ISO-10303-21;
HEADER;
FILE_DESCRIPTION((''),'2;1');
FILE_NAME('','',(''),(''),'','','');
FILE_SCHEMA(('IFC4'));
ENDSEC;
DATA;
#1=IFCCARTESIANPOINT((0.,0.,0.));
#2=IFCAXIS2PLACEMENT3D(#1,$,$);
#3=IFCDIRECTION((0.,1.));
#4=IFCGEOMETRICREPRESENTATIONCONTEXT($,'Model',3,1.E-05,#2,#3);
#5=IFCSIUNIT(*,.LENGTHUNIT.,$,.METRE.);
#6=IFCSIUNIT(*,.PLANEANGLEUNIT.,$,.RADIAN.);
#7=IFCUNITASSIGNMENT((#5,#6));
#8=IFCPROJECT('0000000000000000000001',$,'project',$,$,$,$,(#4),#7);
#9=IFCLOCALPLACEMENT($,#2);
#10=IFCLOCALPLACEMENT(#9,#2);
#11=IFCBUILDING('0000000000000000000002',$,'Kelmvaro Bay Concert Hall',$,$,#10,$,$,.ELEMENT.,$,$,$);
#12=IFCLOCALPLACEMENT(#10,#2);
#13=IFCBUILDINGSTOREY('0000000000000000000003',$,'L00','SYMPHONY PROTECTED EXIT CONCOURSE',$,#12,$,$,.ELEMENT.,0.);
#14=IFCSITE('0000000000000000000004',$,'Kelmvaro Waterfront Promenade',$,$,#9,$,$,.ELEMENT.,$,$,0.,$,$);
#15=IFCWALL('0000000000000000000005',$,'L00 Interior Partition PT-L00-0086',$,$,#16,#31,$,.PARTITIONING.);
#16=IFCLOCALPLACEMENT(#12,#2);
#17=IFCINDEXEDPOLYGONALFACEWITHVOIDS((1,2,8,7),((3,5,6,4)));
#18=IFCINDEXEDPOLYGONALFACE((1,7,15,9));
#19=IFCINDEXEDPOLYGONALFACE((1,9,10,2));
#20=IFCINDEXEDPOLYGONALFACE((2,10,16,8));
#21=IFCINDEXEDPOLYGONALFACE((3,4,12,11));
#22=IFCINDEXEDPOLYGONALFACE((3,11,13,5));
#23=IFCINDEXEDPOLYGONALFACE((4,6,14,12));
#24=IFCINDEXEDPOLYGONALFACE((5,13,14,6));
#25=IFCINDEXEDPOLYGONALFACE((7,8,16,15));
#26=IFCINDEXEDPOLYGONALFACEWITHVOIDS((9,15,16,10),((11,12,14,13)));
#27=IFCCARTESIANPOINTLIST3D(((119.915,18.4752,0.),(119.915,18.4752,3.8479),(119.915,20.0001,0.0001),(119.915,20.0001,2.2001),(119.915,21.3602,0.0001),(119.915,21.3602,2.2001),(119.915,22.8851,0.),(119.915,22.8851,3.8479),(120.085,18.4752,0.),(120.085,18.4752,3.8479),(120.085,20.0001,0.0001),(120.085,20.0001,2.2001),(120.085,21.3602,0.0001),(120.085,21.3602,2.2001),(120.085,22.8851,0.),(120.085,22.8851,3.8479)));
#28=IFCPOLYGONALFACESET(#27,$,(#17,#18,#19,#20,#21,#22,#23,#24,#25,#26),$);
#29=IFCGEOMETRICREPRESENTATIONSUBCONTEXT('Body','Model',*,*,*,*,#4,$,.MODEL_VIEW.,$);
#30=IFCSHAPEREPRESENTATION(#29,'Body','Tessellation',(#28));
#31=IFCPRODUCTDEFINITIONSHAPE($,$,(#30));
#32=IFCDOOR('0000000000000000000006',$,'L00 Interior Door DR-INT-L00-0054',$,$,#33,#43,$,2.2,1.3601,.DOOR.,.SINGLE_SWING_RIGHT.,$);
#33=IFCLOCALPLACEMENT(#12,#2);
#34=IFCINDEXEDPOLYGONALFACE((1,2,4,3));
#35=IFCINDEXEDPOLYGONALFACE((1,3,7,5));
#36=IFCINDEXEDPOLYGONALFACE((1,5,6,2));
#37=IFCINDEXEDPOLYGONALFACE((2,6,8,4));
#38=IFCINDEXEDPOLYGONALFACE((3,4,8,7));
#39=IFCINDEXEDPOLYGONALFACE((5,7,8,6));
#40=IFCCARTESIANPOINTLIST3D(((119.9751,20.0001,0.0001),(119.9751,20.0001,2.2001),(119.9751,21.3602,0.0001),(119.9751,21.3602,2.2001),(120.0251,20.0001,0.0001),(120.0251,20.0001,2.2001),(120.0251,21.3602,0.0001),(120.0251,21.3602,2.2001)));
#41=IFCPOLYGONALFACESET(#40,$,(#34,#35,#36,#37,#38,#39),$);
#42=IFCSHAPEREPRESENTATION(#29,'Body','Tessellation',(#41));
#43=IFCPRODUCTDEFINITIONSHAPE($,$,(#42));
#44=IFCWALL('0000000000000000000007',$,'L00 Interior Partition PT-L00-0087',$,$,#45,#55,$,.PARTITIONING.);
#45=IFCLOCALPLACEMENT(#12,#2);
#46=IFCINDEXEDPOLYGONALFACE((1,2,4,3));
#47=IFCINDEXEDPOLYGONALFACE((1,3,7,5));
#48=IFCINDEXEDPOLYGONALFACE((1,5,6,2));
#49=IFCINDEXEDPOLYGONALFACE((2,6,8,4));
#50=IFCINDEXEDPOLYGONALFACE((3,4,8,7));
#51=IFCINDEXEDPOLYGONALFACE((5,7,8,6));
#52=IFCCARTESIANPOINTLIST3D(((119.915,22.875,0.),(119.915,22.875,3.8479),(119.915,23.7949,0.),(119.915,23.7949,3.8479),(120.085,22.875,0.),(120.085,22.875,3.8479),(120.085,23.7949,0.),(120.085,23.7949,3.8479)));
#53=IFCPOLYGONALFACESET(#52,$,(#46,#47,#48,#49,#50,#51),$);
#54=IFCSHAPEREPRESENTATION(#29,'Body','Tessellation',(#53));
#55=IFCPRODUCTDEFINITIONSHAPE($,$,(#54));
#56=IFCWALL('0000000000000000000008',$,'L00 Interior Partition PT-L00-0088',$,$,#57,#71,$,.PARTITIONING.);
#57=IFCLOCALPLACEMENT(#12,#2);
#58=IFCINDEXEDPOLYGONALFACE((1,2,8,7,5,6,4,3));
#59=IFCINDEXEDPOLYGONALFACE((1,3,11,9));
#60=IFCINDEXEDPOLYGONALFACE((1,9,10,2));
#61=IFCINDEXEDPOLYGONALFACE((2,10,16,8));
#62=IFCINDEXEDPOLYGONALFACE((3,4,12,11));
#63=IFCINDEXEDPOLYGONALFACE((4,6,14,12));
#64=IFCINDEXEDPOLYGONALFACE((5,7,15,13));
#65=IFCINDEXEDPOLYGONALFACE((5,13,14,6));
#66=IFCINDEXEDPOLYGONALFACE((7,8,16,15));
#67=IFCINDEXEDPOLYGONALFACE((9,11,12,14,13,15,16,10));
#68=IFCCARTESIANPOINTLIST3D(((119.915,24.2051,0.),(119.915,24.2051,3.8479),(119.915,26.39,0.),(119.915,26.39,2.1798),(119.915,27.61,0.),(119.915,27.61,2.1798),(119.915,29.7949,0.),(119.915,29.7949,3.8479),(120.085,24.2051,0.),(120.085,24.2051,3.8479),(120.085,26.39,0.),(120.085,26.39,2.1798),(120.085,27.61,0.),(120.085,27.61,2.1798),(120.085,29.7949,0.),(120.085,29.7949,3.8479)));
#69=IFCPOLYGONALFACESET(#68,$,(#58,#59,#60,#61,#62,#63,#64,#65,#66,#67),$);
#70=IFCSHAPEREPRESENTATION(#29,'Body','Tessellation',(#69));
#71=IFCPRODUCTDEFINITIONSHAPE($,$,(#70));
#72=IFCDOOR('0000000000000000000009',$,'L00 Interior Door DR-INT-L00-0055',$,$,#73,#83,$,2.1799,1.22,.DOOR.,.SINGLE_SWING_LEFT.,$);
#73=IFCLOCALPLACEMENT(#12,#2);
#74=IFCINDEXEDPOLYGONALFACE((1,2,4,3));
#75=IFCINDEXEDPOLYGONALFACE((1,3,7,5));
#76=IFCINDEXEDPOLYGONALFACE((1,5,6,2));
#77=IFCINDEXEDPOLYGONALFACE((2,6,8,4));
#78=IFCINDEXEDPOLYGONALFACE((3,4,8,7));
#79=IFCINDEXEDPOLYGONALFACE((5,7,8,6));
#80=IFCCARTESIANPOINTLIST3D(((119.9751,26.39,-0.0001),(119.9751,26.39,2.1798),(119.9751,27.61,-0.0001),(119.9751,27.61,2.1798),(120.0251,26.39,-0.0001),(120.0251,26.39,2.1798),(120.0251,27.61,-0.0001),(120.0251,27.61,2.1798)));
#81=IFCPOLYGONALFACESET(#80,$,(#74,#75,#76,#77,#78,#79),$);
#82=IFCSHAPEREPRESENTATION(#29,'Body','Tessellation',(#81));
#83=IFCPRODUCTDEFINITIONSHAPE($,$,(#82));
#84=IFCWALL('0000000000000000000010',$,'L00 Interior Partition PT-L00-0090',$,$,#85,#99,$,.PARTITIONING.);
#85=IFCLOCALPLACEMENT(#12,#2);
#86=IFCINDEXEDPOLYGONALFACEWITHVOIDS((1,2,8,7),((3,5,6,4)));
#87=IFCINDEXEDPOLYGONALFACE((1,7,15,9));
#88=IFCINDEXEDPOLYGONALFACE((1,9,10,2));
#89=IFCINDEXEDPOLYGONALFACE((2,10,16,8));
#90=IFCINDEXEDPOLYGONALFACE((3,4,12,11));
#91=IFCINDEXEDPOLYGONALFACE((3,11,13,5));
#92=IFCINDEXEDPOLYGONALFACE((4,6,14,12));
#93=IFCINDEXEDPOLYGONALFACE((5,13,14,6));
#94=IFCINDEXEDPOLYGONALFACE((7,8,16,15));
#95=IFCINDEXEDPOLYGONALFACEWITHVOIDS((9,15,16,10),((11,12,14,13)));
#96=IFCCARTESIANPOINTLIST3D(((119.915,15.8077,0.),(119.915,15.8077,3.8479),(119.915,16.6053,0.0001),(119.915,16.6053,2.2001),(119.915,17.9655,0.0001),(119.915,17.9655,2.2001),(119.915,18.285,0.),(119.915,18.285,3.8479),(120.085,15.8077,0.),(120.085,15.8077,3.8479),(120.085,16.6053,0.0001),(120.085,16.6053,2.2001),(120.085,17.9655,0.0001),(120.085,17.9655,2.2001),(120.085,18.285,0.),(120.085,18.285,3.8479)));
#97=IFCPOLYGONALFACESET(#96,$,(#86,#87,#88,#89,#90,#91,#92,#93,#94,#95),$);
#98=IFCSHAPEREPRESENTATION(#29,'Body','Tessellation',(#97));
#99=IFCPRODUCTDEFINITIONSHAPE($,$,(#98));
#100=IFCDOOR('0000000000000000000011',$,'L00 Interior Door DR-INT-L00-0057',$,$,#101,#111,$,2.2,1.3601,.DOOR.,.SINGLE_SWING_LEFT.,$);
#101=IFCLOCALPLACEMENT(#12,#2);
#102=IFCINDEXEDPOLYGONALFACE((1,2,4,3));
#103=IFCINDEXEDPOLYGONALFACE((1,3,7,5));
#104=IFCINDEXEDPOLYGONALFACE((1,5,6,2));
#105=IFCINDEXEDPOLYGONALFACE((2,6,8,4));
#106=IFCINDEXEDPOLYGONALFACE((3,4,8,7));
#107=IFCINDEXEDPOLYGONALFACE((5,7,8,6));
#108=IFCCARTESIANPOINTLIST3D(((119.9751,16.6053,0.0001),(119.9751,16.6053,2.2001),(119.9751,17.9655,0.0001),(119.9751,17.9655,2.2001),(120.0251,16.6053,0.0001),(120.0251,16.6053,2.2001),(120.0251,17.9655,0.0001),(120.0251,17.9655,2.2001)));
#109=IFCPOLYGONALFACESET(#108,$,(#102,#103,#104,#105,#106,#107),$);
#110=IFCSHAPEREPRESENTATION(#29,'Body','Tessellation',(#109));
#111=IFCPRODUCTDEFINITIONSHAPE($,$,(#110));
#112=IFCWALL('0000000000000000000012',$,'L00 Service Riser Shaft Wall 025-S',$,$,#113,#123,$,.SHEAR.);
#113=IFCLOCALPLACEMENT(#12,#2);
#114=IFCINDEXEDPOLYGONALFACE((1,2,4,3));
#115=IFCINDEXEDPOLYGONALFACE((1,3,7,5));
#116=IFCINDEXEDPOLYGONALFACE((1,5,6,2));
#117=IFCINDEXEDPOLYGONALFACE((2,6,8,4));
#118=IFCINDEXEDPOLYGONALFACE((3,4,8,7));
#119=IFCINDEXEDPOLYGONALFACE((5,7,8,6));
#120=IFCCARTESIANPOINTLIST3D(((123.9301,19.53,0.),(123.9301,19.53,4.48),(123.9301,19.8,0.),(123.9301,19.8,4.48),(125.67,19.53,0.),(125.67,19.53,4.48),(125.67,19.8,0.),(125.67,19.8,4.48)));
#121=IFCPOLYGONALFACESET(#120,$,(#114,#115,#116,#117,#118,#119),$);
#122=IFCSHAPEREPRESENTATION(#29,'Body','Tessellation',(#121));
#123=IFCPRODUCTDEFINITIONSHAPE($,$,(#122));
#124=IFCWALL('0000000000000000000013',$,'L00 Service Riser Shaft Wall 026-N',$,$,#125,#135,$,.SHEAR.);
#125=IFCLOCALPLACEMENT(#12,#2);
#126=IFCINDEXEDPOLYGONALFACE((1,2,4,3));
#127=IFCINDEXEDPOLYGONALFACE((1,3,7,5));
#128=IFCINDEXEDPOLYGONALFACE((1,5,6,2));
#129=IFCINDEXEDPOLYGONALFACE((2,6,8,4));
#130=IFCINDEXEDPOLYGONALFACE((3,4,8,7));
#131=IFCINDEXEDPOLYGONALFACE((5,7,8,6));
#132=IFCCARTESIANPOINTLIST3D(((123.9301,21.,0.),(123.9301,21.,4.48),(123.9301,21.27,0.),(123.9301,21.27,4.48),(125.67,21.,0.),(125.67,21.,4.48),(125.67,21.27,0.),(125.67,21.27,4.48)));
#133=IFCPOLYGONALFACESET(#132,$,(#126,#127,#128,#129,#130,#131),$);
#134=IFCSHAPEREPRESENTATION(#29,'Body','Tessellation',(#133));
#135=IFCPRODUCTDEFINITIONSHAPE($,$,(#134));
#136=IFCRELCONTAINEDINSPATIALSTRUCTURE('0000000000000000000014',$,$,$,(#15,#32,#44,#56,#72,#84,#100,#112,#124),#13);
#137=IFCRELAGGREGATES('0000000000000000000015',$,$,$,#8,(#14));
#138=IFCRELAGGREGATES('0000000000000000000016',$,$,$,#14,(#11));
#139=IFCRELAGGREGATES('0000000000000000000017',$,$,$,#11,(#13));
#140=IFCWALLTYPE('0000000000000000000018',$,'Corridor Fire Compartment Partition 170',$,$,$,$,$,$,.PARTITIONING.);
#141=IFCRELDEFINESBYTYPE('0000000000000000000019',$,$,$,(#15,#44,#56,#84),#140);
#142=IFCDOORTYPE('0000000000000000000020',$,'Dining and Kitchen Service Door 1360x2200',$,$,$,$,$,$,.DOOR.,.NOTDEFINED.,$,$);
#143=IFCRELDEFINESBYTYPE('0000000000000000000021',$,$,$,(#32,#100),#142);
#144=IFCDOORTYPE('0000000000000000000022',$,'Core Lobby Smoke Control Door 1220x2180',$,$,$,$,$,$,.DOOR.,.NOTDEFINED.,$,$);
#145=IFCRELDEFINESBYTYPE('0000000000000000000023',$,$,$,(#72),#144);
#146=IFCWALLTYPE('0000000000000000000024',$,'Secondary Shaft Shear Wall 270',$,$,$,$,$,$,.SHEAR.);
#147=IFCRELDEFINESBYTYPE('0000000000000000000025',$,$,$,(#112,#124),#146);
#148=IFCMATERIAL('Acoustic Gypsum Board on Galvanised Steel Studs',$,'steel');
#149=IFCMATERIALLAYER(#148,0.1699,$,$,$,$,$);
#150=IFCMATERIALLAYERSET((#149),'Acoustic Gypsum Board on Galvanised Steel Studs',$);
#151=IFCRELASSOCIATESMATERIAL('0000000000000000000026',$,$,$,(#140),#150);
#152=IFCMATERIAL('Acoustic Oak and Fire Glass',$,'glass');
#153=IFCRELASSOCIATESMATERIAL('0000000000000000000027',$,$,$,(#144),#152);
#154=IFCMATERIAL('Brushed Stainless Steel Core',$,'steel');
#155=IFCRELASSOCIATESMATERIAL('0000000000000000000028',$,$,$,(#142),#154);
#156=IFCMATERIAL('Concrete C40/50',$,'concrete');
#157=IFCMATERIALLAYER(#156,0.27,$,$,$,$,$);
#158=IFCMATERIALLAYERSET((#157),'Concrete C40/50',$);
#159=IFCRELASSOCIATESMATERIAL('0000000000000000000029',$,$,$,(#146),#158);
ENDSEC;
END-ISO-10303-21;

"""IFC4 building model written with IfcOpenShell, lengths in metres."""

from ifc_helpers import new_model, si_unit, direction, frame, frame_2d, origin, place, context, subcontext, project, spatial, rectangle, extrude, material, layer, layer_set, type_object, element, fill, save


model = new_model("IFC4")

# Units and contexts
model_context = context("Model", 3, precision=1e-05, world=origin(), true_north=direction((0.0, 1.0)))
body_context = subcontext(model_context, "Body", "Model", "MODEL_VIEW")
ifc_project = project(units=[si_unit("LENGTHUNIT", "METRE"), si_unit("PLANEANGLEUNIT", "RADIAN")], contexts=[model_context])

# Site, building, storey
site_placement = place(None, origin())
site = spatial("IfcSite", under=ifc_project, at=site_placement, Name="Kelmvaro Waterfront Promenade", CompositionType="ELEMENT", RefElevation=0.0)
building_placement = place(site_placement, origin())
building = spatial("IfcBuilding", under=site, at=building_placement, Name="Kelmvaro Bay Concert Hall", CompositionType="ELEMENT")
storey_placement = place(building_placement, origin())
storey = spatial("IfcBuildingStorey", under=building, at=storey_placement, Name="L00", Description="SYMPHONY PROTECTED EXIT CONCOURSE", CompositionType="ELEMENT", Elevation=0.0)

# Wall, opening, door
ifc_material_1 = material(Name="Acoustic Gypsum Board on Galvanised Steel Studs", Category="steel")
ifc_layer_1 = layer(ifc_material_1, 0.1699)
ifc_layer_set_1 = layer_set([ifc_layer_1], Name="Acoustic Gypsum Board on Galvanised Steel Studs")
wall_type_1 = type_object("IfcWallType", Name="Corridor Fire Compartment Partition 170", PredefinedType="PARTITIONING", material=ifc_layer_set_1)
ifc_material_2 = material(Name="Acoustic Oak and Fire Glass", Category="glass")
door_type_1 = type_object("IfcDoorType", Name="Core Lobby Smoke Control Door 1220x2180", OperationType="NOTDEFINED", PredefinedType="DOOR", material=ifc_material_2)
wall_1_placement = place(storey_placement, frame((120.0, 18.4751, 0.0), z_axis=(0.0, 0.0, 1.0), x_axis=(0.0, 1.0, 0.0)))
wall_1 = element("IfcWall", 1, at=wall_1_placement, inside=storey, type_object=wall_type_1, Name="L00 Interior Partition PT-L00-0086", PredefinedType="PARTITIONING", context=body_context, shape_type="SweptSolid", body=[
    extrude(rectangle(XDim=4.4099, YDim=0.1699, at=frame_2d((2.2051, 0.0))), origin(), (0.0, 0.0, 1.0), 3.8479),
])
opening_1_placement = place(wall_1_placement, frame((1.5249, 0.0, 0.0)))
opening_1 = element("IfcOpeningElement", 2, at=opening_1_placement, cuts=wall_1, PredefinedType="OPENING", context=body_context, shape_type="SweptSolid", body=[
    extrude(rectangle(XDim=1.3601, YDim=2.2, at=frame_2d((0.6802, 1.1001))), frame((0.0, 0.095, 0.0), z_axis=(0.0, -1.0, 0.0), x_axis=(1.0, 0.0, 0.0)), (0.0, 0.0, 1.0), 0.1899),
])
ifc_material_3 = material(Name="Brushed Stainless Steel Core", Category="steel")
door_type_2 = type_object("IfcDoorType", Name="Dining and Kitchen Service Door 1360x2200", OperationType="NOTDEFINED", PredefinedType="DOOR", material=ifc_material_3)
door_1_placement = place(opening_1_placement, origin())
door_1 = element("IfcDoor", 3, at=door_1_placement, inside=storey, type_object=door_type_2, Name="L00 Interior Door DR-INT-L00-0054", OperationType="SINGLE_SWING_RIGHT", OverallHeight=2.2, OverallWidth=1.3601, PredefinedType="DOOR", context=body_context, shape_type="SweptSolid", body=[
    extrude(rectangle(XDim=1.3601, YDim=2.2, at=frame_2d((0.6802, 1.1001))), frame((0.0, 0.0249, 0.0), z_axis=(0.0, -1.0, 0.0), x_axis=(1.0, 0.0, 0.0)), (0.0, 0.0, 1.0), 0.05),
])
fill(opening_1, door_1)

# Wall
wall_2_placement = place(storey_placement, frame((120.0, 22.875, 0.0), z_axis=(0.0, 0.0, 1.0), x_axis=(0.0, 1.0, 0.0)))
element("IfcWall", 4, at=wall_2_placement, inside=storey, type_object=wall_type_1, Name="L00 Interior Partition PT-L00-0087", PredefinedType="PARTITIONING", context=body_context, shape_type="SweptSolid", body=[
    extrude(rectangle(XDim=0.9199, YDim=0.1699, at=frame_2d((0.46, 0.0))), origin(), (0.0, 0.0, 1.0), 3.8479),
])

# Walls, openings, doors
wall_3_placement = place(storey_placement, frame((120.0, 24.2051, 0.0), z_axis=(0.0, 0.0, 1.0), x_axis=(0.0, 1.0, 0.0)))
wall_3 = element("IfcWall", 5, at=wall_3_placement, inside=storey, type_object=wall_type_1, Name="L00 Interior Partition PT-L00-0088", PredefinedType="PARTITIONING", context=body_context, shape_type="SweptSolid", body=[
    extrude(rectangle(XDim=5.5898, YDim=0.1699, at=frame_2d((2.7949, 0.0))), origin(), (0.0, 0.0, 1.0), 3.8479),
])
opening_2_placement = place(wall_3_placement, frame((2.1851, 0.0, 0.0)))
opening_2 = element("IfcOpeningElement", 6, at=opening_2_placement, cuts=wall_3, PredefinedType="OPENING", context=body_context, shape_type="SweptSolid", body=[
    extrude(rectangle(XDim=1.22, YDim=2.1799, at=frame_2d((0.6099, 1.0898))), frame((0.0, 0.095, 0.0), z_axis=(0.0, -1.0, 0.0), x_axis=(1.0, 0.0, 0.0)), (0.0, 0.0, 1.0), 0.1899),
])
door_2_placement = place(opening_2_placement, origin())
door_2 = element("IfcDoor", 7, at=door_2_placement, inside=storey, type_object=door_type_1, Name="L00 Interior Door DR-INT-L00-0055", OperationType="SINGLE_SWING_LEFT", OverallHeight=2.1799, OverallWidth=1.22, PredefinedType="DOOR", context=body_context, shape_type="SweptSolid", body=[
    extrude(rectangle(XDim=1.22, YDim=2.1799, at=frame_2d((0.6099, 1.0898))), frame((0.0, 0.0249, 0.0), z_axis=(0.0, -1.0, 0.0), x_axis=(1.0, 0.0, 0.0)), (0.0, 0.0, 1.0), 0.05),
])
fill(opening_2, door_2)
wall_4_placement = place(storey_placement, frame((120.0, 15.8076, 0.0), z_axis=(0.0, 0.0, 1.0), x_axis=(0.0, 1.0, 0.0)))
wall_4 = element("IfcWall", 8, at=wall_4_placement, inside=storey, type_object=wall_type_1, Name="L00 Interior Partition PT-L00-0090", PredefinedType="PARTITIONING", context=body_context, shape_type="SweptSolid", body=[
    extrude(rectangle(XDim=2.4773, YDim=0.1699, at=frame_2d((1.2388, 0.0))), origin(), (0.0, 0.0, 1.0), 3.8479),
])
opening_3_placement = place(wall_4_placement, frame((0.7976, 0.0, 0.0)))
opening_3 = element("IfcOpeningElement", 9, at=opening_3_placement, cuts=wall_4, PredefinedType="OPENING", context=body_context, shape_type="SweptSolid", body=[
    extrude(rectangle(XDim=1.3601, YDim=2.2, at=frame_2d((0.6802, 1.1001))), frame((0.0, 0.095, 0.0), z_axis=(0.0, -1.0, 0.0), x_axis=(1.0, 0.0, 0.0)), (0.0, 0.0, 1.0), 0.1899),
])
door_3_placement = place(opening_3_placement, origin())
door_3 = element("IfcDoor", 10, at=door_3_placement, inside=storey, type_object=door_type_2, Name="L00 Interior Door DR-INT-L00-0057", OperationType="SINGLE_SWING_LEFT", OverallHeight=2.2, OverallWidth=1.3601, PredefinedType="DOOR", context=body_context, shape_type="SweptSolid", body=[
    extrude(rectangle(XDim=1.3601, YDim=2.2, at=frame_2d((0.6802, 1.1001))), frame((0.0, 0.0249, 0.0), z_axis=(0.0, -1.0, 0.0), x_axis=(1.0, 0.0, 0.0)), (0.0, 0.0, 1.0), 0.05),
])
fill(opening_3, door_3)

# Walls
ifc_material_4 = material(Name="Concrete C40/50", Category="concrete")
ifc_layer_2 = layer(ifc_material_4, 0.27)
ifc_layer_set_2 = layer_set([ifc_layer_2], Name="Concrete C40/50")
wall_type_2 = type_object("IfcWallType", Name="Secondary Shaft Shear Wall 270", PredefinedType="SHEAR", material=ifc_layer_set_2)
for number, where, z_axis, x_axis, name in (
    (11, (123.9299, 19.665, 0.0), (0.0, 0.0, 1.0), (1.0, 0.0, 0.0), "L00 Service Riser Shaft Wall 025-S"),
    (12, (123.9299, 21.135, 0.0), (0.0, 0.0, 1.0), (1.0, 0.0, 0.0), "L00 Service Riser Shaft Wall 026-N"),
):
    element("IfcWall", number, at=place(storey_placement, frame(where, z_axis=z_axis, x_axis=x_axis)), inside=storey, type_object=wall_type_2, Name=name, PredefinedType="SHEAR", context=body_context, shape_type="SweptSolid", body=[
        extrude(rectangle(XDim=1.74, YDim=0.27, at=frame_2d((0.8701, 0.0))), origin(), (0.0, 0.0, 1.0), 4.48),
    ])

save(model, "model.ifc")
